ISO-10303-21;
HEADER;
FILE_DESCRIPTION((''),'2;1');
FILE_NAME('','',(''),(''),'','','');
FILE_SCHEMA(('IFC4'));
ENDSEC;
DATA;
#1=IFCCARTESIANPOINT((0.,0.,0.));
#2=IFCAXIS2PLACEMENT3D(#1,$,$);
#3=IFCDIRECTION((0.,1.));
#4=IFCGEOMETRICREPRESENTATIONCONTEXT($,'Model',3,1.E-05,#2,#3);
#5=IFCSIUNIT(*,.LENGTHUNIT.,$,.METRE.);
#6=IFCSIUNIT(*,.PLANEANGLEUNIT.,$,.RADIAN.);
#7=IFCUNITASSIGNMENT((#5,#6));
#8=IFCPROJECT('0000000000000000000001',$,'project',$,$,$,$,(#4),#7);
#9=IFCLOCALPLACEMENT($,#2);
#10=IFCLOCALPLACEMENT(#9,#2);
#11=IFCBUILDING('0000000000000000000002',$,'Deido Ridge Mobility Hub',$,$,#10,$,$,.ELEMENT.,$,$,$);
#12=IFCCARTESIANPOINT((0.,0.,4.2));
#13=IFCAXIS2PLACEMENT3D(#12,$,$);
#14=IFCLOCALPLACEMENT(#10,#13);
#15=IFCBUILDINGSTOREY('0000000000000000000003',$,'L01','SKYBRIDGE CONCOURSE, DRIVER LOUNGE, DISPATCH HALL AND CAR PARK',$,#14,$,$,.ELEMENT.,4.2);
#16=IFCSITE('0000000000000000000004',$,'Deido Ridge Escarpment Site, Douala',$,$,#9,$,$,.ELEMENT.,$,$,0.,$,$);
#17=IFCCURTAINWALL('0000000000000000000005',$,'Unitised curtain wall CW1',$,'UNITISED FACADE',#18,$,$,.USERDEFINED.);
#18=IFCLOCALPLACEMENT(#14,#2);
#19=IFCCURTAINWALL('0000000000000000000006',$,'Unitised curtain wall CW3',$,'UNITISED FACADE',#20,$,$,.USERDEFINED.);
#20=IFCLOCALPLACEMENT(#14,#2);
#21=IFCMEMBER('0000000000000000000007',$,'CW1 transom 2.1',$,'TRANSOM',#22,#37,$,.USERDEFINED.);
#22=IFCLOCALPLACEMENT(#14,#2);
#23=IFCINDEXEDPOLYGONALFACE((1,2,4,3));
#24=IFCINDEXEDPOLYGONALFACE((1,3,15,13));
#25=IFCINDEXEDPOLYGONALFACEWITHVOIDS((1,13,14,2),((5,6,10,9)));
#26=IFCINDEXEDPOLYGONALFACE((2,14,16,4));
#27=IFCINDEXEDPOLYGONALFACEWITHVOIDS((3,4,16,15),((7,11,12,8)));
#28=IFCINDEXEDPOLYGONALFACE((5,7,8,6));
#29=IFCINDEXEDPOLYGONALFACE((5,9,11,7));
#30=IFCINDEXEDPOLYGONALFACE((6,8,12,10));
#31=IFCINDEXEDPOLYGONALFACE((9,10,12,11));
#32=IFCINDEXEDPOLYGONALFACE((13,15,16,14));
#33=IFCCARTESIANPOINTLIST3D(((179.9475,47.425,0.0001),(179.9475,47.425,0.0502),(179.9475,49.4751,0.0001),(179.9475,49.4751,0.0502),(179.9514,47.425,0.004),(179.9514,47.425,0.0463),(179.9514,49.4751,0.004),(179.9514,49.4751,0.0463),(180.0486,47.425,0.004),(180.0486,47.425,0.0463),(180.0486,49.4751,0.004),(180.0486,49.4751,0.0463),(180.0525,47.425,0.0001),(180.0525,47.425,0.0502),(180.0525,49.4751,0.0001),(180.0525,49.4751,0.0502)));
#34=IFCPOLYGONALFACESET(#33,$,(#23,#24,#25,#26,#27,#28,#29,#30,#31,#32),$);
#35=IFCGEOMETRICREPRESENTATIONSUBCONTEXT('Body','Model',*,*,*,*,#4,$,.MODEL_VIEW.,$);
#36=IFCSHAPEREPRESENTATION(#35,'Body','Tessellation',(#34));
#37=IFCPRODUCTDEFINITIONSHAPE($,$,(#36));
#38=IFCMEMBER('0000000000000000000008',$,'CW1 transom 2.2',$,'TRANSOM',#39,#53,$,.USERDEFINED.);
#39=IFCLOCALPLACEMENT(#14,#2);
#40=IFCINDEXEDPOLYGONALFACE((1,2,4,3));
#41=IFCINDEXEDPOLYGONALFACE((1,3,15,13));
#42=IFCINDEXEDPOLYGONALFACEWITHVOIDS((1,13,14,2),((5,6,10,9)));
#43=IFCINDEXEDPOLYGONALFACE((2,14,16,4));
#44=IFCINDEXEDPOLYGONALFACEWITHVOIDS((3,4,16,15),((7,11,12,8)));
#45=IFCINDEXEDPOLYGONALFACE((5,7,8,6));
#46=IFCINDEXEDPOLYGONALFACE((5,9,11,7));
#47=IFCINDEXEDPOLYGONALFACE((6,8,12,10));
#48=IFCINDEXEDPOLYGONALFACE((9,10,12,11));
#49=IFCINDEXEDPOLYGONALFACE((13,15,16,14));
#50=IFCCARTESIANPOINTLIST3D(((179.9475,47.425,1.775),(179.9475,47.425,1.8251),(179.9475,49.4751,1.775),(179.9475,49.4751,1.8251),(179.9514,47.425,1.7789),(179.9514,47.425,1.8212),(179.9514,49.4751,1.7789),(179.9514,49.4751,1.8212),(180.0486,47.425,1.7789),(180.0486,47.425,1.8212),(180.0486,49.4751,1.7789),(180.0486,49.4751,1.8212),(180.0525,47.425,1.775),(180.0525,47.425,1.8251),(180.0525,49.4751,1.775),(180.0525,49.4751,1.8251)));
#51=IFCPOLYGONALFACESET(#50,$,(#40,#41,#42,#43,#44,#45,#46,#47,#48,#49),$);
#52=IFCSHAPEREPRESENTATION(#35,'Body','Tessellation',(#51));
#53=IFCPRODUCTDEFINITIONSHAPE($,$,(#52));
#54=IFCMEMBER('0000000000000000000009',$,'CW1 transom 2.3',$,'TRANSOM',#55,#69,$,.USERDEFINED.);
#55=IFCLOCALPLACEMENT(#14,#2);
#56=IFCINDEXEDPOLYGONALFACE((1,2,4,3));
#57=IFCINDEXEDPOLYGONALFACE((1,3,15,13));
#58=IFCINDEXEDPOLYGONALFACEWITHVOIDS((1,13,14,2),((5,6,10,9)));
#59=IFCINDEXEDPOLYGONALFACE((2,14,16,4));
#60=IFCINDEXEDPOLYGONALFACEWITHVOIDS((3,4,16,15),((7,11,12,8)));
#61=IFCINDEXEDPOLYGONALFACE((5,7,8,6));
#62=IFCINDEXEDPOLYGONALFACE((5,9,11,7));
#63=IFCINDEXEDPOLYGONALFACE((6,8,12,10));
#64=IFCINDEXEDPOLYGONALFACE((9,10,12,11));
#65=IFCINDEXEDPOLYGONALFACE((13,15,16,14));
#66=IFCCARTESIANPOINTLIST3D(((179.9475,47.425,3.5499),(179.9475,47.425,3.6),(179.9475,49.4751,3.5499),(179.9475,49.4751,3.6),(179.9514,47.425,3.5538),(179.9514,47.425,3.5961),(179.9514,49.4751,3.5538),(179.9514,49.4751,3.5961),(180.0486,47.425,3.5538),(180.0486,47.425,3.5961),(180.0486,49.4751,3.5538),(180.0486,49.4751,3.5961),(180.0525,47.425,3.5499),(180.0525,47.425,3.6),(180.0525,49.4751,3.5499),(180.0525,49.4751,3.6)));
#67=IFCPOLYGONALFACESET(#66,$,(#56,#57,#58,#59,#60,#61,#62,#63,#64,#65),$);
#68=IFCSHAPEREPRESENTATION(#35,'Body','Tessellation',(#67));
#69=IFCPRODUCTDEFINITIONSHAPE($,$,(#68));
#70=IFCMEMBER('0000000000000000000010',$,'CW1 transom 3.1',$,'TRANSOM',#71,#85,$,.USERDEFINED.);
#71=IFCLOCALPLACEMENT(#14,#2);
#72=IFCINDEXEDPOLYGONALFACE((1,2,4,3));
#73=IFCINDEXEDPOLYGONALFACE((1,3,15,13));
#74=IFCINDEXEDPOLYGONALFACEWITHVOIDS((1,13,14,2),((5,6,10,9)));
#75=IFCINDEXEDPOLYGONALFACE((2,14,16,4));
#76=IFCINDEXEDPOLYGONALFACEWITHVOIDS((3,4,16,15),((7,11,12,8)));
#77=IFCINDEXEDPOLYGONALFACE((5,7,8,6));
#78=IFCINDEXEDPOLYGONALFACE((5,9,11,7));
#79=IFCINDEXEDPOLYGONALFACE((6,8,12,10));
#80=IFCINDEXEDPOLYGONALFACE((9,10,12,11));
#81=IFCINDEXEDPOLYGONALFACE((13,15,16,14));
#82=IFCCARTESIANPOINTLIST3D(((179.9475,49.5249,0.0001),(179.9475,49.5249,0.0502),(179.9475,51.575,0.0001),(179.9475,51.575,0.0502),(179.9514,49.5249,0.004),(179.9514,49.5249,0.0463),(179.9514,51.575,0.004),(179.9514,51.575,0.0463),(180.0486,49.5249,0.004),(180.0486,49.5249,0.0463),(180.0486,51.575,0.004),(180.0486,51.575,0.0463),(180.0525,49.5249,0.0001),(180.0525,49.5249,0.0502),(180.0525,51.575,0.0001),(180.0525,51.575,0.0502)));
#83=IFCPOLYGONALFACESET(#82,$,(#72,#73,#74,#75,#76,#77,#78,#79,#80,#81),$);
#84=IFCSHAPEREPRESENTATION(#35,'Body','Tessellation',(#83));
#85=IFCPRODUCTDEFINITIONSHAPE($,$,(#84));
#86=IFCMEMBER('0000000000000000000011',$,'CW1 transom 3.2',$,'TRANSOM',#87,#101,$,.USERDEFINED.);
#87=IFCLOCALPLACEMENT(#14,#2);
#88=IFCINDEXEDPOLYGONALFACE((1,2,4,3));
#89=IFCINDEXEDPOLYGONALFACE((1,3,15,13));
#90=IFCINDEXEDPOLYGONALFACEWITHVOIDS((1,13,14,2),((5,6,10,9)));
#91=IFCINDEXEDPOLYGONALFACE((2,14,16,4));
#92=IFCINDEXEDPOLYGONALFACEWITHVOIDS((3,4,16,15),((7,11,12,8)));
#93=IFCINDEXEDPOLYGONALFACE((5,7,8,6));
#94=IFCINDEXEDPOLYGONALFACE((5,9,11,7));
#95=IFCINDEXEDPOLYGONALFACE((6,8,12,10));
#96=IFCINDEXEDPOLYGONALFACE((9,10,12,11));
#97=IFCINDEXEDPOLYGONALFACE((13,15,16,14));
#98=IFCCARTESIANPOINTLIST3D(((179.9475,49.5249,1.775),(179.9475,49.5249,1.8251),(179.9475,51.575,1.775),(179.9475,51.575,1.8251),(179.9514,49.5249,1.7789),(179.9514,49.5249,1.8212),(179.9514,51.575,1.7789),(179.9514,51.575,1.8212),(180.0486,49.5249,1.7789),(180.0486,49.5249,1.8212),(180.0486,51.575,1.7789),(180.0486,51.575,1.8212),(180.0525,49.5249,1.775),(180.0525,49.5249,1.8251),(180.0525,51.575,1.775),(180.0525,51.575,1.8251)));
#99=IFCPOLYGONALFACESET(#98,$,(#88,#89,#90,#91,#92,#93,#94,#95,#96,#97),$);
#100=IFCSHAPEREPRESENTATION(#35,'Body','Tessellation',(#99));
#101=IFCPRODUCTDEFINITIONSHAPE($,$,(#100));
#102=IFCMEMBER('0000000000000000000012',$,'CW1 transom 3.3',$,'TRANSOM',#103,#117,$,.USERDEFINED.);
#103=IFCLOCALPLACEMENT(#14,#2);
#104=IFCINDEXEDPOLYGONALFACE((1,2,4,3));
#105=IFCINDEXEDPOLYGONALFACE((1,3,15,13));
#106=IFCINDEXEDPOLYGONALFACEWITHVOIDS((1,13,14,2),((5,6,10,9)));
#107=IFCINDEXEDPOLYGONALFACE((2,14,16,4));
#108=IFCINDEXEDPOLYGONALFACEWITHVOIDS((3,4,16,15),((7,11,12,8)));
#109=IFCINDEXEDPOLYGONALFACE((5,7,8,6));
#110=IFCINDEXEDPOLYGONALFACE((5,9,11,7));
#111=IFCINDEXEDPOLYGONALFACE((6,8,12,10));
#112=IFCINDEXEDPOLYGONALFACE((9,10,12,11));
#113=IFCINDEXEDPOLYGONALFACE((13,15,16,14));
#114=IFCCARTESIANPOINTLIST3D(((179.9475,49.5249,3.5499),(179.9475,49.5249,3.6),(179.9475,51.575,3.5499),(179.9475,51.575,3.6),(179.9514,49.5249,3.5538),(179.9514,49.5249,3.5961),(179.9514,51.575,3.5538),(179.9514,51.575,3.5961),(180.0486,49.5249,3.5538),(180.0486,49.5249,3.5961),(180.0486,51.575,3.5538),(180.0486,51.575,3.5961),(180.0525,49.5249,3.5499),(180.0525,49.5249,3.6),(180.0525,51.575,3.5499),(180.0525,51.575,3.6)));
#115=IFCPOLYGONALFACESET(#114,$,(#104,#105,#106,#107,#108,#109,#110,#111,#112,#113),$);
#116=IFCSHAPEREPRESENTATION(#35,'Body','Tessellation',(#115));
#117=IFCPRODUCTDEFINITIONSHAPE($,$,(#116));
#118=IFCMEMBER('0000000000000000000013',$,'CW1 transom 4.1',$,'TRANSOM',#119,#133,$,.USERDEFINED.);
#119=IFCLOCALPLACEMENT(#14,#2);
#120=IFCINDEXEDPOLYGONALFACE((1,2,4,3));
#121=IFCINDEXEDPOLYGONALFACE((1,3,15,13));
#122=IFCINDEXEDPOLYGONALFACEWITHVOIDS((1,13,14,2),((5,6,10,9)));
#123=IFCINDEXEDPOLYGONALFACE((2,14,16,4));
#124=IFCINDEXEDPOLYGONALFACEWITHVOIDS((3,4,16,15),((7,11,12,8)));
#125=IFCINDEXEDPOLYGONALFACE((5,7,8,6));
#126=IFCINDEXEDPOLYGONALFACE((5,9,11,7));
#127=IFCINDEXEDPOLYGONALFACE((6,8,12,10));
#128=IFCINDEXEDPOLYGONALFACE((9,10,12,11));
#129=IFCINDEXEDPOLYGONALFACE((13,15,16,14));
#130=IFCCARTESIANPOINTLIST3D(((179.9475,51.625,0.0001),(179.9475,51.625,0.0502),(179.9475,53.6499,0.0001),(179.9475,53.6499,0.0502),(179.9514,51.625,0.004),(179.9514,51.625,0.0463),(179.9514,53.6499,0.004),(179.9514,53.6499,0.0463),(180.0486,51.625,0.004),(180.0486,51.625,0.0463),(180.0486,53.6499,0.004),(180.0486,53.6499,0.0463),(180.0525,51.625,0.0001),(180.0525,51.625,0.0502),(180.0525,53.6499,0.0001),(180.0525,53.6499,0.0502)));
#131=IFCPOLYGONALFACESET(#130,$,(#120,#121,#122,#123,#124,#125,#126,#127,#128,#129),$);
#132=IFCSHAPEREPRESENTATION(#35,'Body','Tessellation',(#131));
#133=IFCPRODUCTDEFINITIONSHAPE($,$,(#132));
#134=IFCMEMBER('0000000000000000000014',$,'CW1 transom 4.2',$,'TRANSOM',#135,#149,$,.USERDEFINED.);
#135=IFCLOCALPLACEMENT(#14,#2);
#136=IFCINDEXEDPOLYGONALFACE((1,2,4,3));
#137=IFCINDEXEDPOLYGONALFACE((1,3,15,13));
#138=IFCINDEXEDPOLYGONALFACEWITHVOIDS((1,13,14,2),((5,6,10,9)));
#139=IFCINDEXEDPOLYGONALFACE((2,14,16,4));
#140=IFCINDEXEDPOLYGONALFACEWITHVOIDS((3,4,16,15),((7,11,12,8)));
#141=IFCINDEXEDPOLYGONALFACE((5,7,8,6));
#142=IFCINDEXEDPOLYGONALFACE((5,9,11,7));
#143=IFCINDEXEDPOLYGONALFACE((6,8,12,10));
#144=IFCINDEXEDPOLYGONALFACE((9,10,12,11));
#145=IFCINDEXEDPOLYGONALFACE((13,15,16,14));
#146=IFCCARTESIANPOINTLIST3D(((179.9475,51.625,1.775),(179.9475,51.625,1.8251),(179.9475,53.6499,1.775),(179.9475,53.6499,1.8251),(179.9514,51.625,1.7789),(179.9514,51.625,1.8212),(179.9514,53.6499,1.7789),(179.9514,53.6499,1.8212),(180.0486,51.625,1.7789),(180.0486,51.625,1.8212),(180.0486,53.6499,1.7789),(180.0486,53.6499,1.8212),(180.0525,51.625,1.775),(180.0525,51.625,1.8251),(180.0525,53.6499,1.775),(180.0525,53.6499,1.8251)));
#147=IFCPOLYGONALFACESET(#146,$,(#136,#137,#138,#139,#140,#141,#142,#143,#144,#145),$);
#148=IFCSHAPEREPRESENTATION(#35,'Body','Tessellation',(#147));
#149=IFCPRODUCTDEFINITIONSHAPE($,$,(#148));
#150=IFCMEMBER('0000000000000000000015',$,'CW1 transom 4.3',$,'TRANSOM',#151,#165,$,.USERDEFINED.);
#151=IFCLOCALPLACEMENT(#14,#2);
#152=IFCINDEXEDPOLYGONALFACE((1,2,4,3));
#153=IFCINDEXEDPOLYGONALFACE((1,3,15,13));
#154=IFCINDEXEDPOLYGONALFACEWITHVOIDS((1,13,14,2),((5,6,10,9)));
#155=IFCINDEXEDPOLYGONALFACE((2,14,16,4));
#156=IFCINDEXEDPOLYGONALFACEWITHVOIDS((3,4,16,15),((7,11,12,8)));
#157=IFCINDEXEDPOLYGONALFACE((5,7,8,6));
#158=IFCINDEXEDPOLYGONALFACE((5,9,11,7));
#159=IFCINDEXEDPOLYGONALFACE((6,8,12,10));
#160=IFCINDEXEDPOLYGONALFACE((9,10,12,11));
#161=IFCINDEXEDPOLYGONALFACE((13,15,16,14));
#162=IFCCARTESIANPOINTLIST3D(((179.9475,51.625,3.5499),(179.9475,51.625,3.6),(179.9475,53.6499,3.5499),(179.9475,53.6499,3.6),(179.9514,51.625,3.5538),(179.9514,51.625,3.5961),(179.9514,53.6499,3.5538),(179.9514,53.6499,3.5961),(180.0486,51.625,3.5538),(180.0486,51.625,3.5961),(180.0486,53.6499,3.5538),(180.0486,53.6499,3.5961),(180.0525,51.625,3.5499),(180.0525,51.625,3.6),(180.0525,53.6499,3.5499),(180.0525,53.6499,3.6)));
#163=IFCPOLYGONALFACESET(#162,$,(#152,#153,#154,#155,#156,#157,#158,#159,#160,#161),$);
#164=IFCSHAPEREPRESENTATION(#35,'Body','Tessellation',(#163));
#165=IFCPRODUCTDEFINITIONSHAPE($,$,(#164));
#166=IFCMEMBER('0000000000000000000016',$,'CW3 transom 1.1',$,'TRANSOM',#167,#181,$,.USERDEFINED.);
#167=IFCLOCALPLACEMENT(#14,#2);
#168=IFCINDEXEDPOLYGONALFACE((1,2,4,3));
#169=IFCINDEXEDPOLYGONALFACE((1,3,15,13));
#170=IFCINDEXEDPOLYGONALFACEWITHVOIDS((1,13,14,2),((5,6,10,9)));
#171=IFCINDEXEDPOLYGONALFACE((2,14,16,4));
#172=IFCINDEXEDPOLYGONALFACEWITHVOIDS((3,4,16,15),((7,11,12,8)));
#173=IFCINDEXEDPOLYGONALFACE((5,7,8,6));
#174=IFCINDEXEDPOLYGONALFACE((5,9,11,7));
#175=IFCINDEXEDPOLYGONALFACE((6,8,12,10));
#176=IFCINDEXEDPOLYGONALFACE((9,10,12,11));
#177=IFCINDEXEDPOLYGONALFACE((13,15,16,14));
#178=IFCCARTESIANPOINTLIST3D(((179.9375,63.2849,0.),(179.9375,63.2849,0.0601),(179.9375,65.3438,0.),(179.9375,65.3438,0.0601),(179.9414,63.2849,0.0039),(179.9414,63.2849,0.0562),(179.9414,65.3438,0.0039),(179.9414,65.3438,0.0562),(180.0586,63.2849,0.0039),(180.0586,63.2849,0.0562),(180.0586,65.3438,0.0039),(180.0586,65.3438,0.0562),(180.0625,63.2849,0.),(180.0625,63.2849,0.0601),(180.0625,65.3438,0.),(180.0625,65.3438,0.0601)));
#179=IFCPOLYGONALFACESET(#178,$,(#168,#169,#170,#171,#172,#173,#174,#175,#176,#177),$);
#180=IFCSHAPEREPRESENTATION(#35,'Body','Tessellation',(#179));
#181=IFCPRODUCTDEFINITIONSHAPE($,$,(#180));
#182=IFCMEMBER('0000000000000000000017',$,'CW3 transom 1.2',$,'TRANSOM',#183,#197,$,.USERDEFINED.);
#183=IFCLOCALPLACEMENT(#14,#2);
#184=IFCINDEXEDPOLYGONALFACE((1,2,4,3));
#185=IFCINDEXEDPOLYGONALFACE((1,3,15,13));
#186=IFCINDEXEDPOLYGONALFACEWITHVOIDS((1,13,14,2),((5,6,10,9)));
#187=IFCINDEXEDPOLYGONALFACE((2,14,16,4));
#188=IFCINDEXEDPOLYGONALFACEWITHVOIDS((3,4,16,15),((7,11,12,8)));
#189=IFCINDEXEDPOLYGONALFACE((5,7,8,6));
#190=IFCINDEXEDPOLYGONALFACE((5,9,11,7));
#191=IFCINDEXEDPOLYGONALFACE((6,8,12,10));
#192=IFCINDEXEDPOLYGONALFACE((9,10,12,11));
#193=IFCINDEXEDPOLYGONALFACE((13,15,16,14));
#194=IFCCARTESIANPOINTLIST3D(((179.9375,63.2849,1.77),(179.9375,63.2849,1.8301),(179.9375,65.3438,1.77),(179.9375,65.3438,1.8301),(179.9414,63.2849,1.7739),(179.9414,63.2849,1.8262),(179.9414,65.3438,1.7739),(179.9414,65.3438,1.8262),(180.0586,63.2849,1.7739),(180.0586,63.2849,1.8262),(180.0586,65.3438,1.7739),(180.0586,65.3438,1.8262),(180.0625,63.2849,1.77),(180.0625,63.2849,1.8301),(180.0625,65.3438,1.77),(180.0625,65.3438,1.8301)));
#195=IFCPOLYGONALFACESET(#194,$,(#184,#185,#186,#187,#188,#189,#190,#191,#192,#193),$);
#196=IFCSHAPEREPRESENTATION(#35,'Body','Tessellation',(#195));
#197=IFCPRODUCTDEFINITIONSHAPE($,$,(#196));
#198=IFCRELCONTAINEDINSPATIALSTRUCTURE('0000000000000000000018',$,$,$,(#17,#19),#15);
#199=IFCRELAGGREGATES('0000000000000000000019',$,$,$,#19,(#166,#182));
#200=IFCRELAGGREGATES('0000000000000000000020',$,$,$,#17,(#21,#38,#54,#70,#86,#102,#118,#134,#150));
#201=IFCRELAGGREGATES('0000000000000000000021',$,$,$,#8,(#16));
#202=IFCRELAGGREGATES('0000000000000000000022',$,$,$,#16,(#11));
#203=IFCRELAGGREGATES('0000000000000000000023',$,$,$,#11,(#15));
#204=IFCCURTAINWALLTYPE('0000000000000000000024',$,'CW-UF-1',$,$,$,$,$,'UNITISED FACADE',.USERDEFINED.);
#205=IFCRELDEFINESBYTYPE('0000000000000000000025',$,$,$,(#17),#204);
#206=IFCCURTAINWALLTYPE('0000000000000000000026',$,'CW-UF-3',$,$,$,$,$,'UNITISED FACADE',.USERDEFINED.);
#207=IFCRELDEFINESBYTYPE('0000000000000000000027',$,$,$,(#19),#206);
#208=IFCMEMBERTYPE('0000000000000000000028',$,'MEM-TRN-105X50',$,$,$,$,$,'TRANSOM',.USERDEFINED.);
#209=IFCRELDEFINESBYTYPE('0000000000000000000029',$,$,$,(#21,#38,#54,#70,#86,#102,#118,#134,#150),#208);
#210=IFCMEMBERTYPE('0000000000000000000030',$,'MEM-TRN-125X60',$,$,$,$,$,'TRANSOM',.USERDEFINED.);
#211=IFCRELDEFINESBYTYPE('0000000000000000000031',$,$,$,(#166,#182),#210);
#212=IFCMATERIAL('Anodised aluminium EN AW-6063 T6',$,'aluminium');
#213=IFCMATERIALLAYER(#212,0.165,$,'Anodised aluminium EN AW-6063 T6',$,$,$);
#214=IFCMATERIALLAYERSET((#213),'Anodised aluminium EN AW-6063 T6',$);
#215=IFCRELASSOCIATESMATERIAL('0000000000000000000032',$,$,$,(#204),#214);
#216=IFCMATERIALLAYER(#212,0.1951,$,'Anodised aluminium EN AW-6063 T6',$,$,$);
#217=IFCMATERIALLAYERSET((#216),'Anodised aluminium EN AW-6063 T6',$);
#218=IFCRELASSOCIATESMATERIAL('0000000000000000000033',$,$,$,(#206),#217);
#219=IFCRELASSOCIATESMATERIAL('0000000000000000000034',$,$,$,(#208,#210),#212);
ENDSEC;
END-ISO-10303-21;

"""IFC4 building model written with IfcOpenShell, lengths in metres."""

from ifc_helpers import new_model, si_unit, direction, frame, origin, origin_2d, place, context, subcontext, project, spatial, hollow_rectangle, extrude, material, layer, layer_set, material_profile, profile_set, type_object, element, aggregate, save


model = new_model("IFC4")

# Units and contexts
model_context = context("Model", 3, precision=1e-05, world=origin(), true_north=direction((0.0, 1.0)))
body_context = subcontext(model_context, "Body", "Model", "MODEL_VIEW")
ifc_project = project(units=[si_unit("LENGTHUNIT", "METRE"), si_unit("PLANEANGLEUNIT", "RADIAN")], contexts=[model_context])

# Site, building, storey
site_placement = place(None, origin())
site = spatial("IfcSite", under=ifc_project, at=site_placement, Name="Deido Ridge Escarpment Site, Douala", CompositionType="ELEMENT", RefElevation=0.0)
building_placement = place(site_placement, origin())
building = spatial("IfcBuilding", under=site, at=building_placement, Name="Deido Ridge Mobility Hub", CompositionType="ELEMENT")
storey_placement = place(building_placement, frame((0.0, 0.0, 4.2)))
storey = spatial("IfcBuildingStorey", under=building, at=storey_placement, Name="L01", Description="SKYBRIDGE CONCOURSE, DRIVER LOUNGE, DISPATCH HALL AND CAR PARK", CompositionType="ELEMENT", Elevation=4.2)

# Curtain wall
ifc_material_1 = material(Name="Anodised aluminium EN AW-6063 T6", Category="aluminium")
ifc_layer_1 = layer(ifc_material_1, 0.165, Name="Anodised aluminium EN AW-6063 T6")
ifc_layer_set_1 = layer_set([ifc_layer_1], Name="Anodised aluminium EN AW-6063 T6")
curtain_wall_type_1 = type_object("IfcCurtainWallType", Name="CW-UF-1", ElementType="UNITISED FACADE", PredefinedType="USERDEFINED", material=ifc_layer_set_1)
curtain_wall_1_placement = place(storey_placement, origin())
curtain_wall_1 = element("IfcCurtainWall", 1, at=curtain_wall_1_placement, inside=storey, type_object=curtain_wall_type_1, Name="Unitised curtain wall CW1", ObjectType="UNITISED FACADE", PredefinedType="USERDEFINED")

# Curtain wall
ifc_layer_2 = layer(ifc_material_1, 0.1951, Name="Anodised aluminium EN AW-6063 T6")
ifc_layer_set_2 = layer_set([ifc_layer_2], Name="Anodised aluminium EN AW-6063 T6")
curtain_wall_type_2 = type_object("IfcCurtainWallType", Name="CW-UF-3", ElementType="UNITISED FACADE", PredefinedType="USERDEFINED", material=ifc_layer_set_2)
curtain_wall_2_placement = place(storey_placement, origin())
curtain_wall_2 = element("IfcCurtainWall", 2, at=curtain_wall_2_placement, inside=storey, type_object=curtain_wall_type_2, Name="Unitised curtain wall CW3", ObjectType="UNITISED FACADE", PredefinedType="USERDEFINED")

# Members
ifc_material_profile_1 = material_profile(ifc_material_1, hollow_rectangle(XDim=0.105, YDim=0.05, WallThickness=0.0039, at=origin_2d()), Name="RHS 105x50x4")
ifc_profile_set_1 = profile_set([ifc_material_profile_1], Name="Anodised aluminium EN AW-6063 T6")
member_type_1 = type_object("IfcMemberType", Name="MEM-TRN-105X50", ElementType="TRANSOM", PredefinedType="USERDEFINED", material=ifc_profile_set_1)
member_1_placement = place(storey_placement, frame((180.0, 47.425, 0.0251), z_axis=(0.0, 1.0, 0.0), x_axis=(-1.0, 0.0, 0.0)))
member_1 = element("IfcMember", 3, at=member_1_placement, type_object=member_type_1, Name="CW1 transom 2.1", ObjectType="TRANSOM", PredefinedType="USERDEFINED", context=body_context, shape_type="SweptSolid", body=[
    extrude(hollow_rectangle(XDim=0.105, YDim=0.05, WallThickness=0.0039, at=origin_2d()), origin(), (0.0, 0.0, 1.0), 2.05),
])
member_2_placement = place(storey_placement, frame((180.0, 47.425, 1.8), z_axis=(0.0, 1.0, 0.0), x_axis=(-1.0, 0.0, 0.0)))
member_2 = element("IfcMember", 4, at=member_2_placement, type_object=member_type_1, Name="CW1 transom 2.2", ObjectType="TRANSOM", PredefinedType="USERDEFINED", context=body_context, shape_type="SweptSolid", body=[
    extrude(hollow_rectangle(XDim=0.105, YDim=0.05, WallThickness=0.0039, at=origin_2d()), origin(), (0.0, 0.0, 1.0), 2.05),
])
member_3_placement = place(storey_placement, frame((180.0, 47.425, 3.575), z_axis=(0.0, 1.0, 0.0), x_axis=(-1.0, 0.0, 0.0)))
member_3 = element("IfcMember", 5, at=member_3_placement, type_object=member_type_1, Name="CW1 transom 2.3", ObjectType="TRANSOM", PredefinedType="USERDEFINED", context=body_context, shape_type="SweptSolid", body=[
    extrude(hollow_rectangle(XDim=0.105, YDim=0.05, WallThickness=0.0039, at=origin_2d()), origin(), (0.0, 0.0, 1.0), 2.05),
])
member_4_placement = place(storey_placement, frame((180.0, 49.5249, 0.0251), z_axis=(0.0, 1.0, 0.0), x_axis=(-1.0, 0.0, 0.0)))
member_4 = element("IfcMember", 6, at=member_4_placement, type_object=member_type_1, Name="CW1 transom 3.1", ObjectType="TRANSOM", PredefinedType="USERDEFINED", context=body_context, shape_type="SweptSolid", body=[
    extrude(hollow_rectangle(XDim=0.105, YDim=0.05, WallThickness=0.0039, at=origin_2d()), origin(), (0.0, 0.0, 1.0), 2.05),
])
member_5_placement = place(storey_placement, frame((180.0, 49.5249, 1.8), z_axis=(0.0, 1.0, 0.0), x_axis=(-1.0, 0.0, 0.0)))
member_5 = element("IfcMember", 7, at=member_5_placement, type_object=member_type_1, Name="CW1 transom 3.2", ObjectType="TRANSOM", PredefinedType="USERDEFINED", context=body_context, shape_type="SweptSolid", body=[
    extrude(hollow_rectangle(XDim=0.105, YDim=0.05, WallThickness=0.0039, at=origin_2d()), origin(), (0.0, 0.0, 1.0), 2.05),
])
member_6_placement = place(storey_placement, frame((180.0, 49.5249, 3.575), z_axis=(0.0, 1.0, 0.0), x_axis=(-1.0, 0.0, 0.0)))
member_6 = element("IfcMember", 8, at=member_6_placement, type_object=member_type_1, Name="CW1 transom 3.3", ObjectType="TRANSOM", PredefinedType="USERDEFINED", context=body_context, shape_type="SweptSolid", body=[
    extrude(hollow_rectangle(XDim=0.105, YDim=0.05, WallThickness=0.0039, at=origin_2d()), origin(), (0.0, 0.0, 1.0), 2.05),
])
member_7_placement = place(storey_placement, frame((180.0, 51.625, 0.0251), z_axis=(0.0, 1.0, 0.0), x_axis=(-1.0, 0.0, 0.0)))
member_7 = element("IfcMember", 9, at=member_7_placement, type_object=member_type_1, Name="CW1 transom 4.1", ObjectType="TRANSOM", PredefinedType="USERDEFINED", context=body_context, shape_type="SweptSolid", body=[
    extrude(hollow_rectangle(XDim=0.105, YDim=0.05, WallThickness=0.0039, at=origin_2d()), origin(), (0.0, 0.0, 1.0), 2.0249),
])
member_8_placement = place(storey_placement, frame((180.0, 51.625, 1.8), z_axis=(0.0, 1.0, 0.0), x_axis=(-1.0, 0.0, 0.0)))
member_8 = element("IfcMember", 10, at=member_8_placement, type_object=member_type_1, Name="CW1 transom 4.2", ObjectType="TRANSOM", PredefinedType="USERDEFINED", context=body_context, shape_type="SweptSolid", body=[
    extrude(hollow_rectangle(XDim=0.105, YDim=0.05, WallThickness=0.0039, at=origin_2d()), origin(), (0.0, 0.0, 1.0), 2.0249),
])
member_9_placement = place(storey_placement, frame((180.0, 51.625, 3.575), z_axis=(0.0, 1.0, 0.0), x_axis=(-1.0, 0.0, 0.0)))
member_9 = element("IfcMember", 11, at=member_9_placement, type_object=member_type_1, Name="CW1 transom 4.3", ObjectType="TRANSOM", PredefinedType="USERDEFINED", context=body_context, shape_type="SweptSolid", body=[
    extrude(hollow_rectangle(XDim=0.105, YDim=0.05, WallThickness=0.0039, at=origin_2d()), origin(), (0.0, 0.0, 1.0), 2.0249),
])
ifc_material_profile_2 = material_profile(ifc_material_1, hollow_rectangle(XDim=0.125, YDim=0.0601, WallThickness=0.0039, at=origin_2d()), Name="RHS 125x60x4")
ifc_profile_set_2 = profile_set([ifc_material_profile_2], Name="Anodised aluminium EN AW-6063 T6")
member_type_2 = type_object("IfcMemberType", Name="MEM-TRN-125X60", ElementType="TRANSOM", PredefinedType="USERDEFINED", material=ifc_profile_set_2)
member_10_placement = place(storey_placement, frame((180.0, 63.2849, 0.03), z_axis=(0.0, 1.0, 0.0), x_axis=(-1.0, 0.0, 0.0)))
member_10 = element("IfcMember", 12, at=member_10_placement, type_object=member_type_2, Name="CW3 transom 1.1", ObjectType="TRANSOM", PredefinedType="USERDEFINED", context=body_context, shape_type="SweptSolid", body=[
    extrude(hollow_rectangle(XDim=0.125, YDim=0.0601, WallThickness=0.0039, at=origin_2d()), origin(), (0.0, 0.0, 1.0), 2.0588),
])
member_11_placement = place(storey_placement, frame((180.0, 63.2849, 1.8), z_axis=(0.0, 1.0, 0.0), x_axis=(-1.0, 0.0, 0.0)))
member_11 = element("IfcMember", 13, at=member_11_placement, type_object=member_type_2, Name="CW3 transom 1.2", ObjectType="TRANSOM", PredefinedType="USERDEFINED", context=body_context, shape_type="SweptSolid", body=[
    extrude(hollow_rectangle(XDim=0.125, YDim=0.0601, WallThickness=0.0039, at=origin_2d()), origin(), (0.0, 0.0, 1.0), 2.0588),
])
aggregate(curtain_wall_2, [member_10, member_11])

aggregate(curtain_wall_1, [member_1, member_2, member_3, member_4, member_5, member_6, member_7, member_8, member_9])

save(model, "model.ifc")
